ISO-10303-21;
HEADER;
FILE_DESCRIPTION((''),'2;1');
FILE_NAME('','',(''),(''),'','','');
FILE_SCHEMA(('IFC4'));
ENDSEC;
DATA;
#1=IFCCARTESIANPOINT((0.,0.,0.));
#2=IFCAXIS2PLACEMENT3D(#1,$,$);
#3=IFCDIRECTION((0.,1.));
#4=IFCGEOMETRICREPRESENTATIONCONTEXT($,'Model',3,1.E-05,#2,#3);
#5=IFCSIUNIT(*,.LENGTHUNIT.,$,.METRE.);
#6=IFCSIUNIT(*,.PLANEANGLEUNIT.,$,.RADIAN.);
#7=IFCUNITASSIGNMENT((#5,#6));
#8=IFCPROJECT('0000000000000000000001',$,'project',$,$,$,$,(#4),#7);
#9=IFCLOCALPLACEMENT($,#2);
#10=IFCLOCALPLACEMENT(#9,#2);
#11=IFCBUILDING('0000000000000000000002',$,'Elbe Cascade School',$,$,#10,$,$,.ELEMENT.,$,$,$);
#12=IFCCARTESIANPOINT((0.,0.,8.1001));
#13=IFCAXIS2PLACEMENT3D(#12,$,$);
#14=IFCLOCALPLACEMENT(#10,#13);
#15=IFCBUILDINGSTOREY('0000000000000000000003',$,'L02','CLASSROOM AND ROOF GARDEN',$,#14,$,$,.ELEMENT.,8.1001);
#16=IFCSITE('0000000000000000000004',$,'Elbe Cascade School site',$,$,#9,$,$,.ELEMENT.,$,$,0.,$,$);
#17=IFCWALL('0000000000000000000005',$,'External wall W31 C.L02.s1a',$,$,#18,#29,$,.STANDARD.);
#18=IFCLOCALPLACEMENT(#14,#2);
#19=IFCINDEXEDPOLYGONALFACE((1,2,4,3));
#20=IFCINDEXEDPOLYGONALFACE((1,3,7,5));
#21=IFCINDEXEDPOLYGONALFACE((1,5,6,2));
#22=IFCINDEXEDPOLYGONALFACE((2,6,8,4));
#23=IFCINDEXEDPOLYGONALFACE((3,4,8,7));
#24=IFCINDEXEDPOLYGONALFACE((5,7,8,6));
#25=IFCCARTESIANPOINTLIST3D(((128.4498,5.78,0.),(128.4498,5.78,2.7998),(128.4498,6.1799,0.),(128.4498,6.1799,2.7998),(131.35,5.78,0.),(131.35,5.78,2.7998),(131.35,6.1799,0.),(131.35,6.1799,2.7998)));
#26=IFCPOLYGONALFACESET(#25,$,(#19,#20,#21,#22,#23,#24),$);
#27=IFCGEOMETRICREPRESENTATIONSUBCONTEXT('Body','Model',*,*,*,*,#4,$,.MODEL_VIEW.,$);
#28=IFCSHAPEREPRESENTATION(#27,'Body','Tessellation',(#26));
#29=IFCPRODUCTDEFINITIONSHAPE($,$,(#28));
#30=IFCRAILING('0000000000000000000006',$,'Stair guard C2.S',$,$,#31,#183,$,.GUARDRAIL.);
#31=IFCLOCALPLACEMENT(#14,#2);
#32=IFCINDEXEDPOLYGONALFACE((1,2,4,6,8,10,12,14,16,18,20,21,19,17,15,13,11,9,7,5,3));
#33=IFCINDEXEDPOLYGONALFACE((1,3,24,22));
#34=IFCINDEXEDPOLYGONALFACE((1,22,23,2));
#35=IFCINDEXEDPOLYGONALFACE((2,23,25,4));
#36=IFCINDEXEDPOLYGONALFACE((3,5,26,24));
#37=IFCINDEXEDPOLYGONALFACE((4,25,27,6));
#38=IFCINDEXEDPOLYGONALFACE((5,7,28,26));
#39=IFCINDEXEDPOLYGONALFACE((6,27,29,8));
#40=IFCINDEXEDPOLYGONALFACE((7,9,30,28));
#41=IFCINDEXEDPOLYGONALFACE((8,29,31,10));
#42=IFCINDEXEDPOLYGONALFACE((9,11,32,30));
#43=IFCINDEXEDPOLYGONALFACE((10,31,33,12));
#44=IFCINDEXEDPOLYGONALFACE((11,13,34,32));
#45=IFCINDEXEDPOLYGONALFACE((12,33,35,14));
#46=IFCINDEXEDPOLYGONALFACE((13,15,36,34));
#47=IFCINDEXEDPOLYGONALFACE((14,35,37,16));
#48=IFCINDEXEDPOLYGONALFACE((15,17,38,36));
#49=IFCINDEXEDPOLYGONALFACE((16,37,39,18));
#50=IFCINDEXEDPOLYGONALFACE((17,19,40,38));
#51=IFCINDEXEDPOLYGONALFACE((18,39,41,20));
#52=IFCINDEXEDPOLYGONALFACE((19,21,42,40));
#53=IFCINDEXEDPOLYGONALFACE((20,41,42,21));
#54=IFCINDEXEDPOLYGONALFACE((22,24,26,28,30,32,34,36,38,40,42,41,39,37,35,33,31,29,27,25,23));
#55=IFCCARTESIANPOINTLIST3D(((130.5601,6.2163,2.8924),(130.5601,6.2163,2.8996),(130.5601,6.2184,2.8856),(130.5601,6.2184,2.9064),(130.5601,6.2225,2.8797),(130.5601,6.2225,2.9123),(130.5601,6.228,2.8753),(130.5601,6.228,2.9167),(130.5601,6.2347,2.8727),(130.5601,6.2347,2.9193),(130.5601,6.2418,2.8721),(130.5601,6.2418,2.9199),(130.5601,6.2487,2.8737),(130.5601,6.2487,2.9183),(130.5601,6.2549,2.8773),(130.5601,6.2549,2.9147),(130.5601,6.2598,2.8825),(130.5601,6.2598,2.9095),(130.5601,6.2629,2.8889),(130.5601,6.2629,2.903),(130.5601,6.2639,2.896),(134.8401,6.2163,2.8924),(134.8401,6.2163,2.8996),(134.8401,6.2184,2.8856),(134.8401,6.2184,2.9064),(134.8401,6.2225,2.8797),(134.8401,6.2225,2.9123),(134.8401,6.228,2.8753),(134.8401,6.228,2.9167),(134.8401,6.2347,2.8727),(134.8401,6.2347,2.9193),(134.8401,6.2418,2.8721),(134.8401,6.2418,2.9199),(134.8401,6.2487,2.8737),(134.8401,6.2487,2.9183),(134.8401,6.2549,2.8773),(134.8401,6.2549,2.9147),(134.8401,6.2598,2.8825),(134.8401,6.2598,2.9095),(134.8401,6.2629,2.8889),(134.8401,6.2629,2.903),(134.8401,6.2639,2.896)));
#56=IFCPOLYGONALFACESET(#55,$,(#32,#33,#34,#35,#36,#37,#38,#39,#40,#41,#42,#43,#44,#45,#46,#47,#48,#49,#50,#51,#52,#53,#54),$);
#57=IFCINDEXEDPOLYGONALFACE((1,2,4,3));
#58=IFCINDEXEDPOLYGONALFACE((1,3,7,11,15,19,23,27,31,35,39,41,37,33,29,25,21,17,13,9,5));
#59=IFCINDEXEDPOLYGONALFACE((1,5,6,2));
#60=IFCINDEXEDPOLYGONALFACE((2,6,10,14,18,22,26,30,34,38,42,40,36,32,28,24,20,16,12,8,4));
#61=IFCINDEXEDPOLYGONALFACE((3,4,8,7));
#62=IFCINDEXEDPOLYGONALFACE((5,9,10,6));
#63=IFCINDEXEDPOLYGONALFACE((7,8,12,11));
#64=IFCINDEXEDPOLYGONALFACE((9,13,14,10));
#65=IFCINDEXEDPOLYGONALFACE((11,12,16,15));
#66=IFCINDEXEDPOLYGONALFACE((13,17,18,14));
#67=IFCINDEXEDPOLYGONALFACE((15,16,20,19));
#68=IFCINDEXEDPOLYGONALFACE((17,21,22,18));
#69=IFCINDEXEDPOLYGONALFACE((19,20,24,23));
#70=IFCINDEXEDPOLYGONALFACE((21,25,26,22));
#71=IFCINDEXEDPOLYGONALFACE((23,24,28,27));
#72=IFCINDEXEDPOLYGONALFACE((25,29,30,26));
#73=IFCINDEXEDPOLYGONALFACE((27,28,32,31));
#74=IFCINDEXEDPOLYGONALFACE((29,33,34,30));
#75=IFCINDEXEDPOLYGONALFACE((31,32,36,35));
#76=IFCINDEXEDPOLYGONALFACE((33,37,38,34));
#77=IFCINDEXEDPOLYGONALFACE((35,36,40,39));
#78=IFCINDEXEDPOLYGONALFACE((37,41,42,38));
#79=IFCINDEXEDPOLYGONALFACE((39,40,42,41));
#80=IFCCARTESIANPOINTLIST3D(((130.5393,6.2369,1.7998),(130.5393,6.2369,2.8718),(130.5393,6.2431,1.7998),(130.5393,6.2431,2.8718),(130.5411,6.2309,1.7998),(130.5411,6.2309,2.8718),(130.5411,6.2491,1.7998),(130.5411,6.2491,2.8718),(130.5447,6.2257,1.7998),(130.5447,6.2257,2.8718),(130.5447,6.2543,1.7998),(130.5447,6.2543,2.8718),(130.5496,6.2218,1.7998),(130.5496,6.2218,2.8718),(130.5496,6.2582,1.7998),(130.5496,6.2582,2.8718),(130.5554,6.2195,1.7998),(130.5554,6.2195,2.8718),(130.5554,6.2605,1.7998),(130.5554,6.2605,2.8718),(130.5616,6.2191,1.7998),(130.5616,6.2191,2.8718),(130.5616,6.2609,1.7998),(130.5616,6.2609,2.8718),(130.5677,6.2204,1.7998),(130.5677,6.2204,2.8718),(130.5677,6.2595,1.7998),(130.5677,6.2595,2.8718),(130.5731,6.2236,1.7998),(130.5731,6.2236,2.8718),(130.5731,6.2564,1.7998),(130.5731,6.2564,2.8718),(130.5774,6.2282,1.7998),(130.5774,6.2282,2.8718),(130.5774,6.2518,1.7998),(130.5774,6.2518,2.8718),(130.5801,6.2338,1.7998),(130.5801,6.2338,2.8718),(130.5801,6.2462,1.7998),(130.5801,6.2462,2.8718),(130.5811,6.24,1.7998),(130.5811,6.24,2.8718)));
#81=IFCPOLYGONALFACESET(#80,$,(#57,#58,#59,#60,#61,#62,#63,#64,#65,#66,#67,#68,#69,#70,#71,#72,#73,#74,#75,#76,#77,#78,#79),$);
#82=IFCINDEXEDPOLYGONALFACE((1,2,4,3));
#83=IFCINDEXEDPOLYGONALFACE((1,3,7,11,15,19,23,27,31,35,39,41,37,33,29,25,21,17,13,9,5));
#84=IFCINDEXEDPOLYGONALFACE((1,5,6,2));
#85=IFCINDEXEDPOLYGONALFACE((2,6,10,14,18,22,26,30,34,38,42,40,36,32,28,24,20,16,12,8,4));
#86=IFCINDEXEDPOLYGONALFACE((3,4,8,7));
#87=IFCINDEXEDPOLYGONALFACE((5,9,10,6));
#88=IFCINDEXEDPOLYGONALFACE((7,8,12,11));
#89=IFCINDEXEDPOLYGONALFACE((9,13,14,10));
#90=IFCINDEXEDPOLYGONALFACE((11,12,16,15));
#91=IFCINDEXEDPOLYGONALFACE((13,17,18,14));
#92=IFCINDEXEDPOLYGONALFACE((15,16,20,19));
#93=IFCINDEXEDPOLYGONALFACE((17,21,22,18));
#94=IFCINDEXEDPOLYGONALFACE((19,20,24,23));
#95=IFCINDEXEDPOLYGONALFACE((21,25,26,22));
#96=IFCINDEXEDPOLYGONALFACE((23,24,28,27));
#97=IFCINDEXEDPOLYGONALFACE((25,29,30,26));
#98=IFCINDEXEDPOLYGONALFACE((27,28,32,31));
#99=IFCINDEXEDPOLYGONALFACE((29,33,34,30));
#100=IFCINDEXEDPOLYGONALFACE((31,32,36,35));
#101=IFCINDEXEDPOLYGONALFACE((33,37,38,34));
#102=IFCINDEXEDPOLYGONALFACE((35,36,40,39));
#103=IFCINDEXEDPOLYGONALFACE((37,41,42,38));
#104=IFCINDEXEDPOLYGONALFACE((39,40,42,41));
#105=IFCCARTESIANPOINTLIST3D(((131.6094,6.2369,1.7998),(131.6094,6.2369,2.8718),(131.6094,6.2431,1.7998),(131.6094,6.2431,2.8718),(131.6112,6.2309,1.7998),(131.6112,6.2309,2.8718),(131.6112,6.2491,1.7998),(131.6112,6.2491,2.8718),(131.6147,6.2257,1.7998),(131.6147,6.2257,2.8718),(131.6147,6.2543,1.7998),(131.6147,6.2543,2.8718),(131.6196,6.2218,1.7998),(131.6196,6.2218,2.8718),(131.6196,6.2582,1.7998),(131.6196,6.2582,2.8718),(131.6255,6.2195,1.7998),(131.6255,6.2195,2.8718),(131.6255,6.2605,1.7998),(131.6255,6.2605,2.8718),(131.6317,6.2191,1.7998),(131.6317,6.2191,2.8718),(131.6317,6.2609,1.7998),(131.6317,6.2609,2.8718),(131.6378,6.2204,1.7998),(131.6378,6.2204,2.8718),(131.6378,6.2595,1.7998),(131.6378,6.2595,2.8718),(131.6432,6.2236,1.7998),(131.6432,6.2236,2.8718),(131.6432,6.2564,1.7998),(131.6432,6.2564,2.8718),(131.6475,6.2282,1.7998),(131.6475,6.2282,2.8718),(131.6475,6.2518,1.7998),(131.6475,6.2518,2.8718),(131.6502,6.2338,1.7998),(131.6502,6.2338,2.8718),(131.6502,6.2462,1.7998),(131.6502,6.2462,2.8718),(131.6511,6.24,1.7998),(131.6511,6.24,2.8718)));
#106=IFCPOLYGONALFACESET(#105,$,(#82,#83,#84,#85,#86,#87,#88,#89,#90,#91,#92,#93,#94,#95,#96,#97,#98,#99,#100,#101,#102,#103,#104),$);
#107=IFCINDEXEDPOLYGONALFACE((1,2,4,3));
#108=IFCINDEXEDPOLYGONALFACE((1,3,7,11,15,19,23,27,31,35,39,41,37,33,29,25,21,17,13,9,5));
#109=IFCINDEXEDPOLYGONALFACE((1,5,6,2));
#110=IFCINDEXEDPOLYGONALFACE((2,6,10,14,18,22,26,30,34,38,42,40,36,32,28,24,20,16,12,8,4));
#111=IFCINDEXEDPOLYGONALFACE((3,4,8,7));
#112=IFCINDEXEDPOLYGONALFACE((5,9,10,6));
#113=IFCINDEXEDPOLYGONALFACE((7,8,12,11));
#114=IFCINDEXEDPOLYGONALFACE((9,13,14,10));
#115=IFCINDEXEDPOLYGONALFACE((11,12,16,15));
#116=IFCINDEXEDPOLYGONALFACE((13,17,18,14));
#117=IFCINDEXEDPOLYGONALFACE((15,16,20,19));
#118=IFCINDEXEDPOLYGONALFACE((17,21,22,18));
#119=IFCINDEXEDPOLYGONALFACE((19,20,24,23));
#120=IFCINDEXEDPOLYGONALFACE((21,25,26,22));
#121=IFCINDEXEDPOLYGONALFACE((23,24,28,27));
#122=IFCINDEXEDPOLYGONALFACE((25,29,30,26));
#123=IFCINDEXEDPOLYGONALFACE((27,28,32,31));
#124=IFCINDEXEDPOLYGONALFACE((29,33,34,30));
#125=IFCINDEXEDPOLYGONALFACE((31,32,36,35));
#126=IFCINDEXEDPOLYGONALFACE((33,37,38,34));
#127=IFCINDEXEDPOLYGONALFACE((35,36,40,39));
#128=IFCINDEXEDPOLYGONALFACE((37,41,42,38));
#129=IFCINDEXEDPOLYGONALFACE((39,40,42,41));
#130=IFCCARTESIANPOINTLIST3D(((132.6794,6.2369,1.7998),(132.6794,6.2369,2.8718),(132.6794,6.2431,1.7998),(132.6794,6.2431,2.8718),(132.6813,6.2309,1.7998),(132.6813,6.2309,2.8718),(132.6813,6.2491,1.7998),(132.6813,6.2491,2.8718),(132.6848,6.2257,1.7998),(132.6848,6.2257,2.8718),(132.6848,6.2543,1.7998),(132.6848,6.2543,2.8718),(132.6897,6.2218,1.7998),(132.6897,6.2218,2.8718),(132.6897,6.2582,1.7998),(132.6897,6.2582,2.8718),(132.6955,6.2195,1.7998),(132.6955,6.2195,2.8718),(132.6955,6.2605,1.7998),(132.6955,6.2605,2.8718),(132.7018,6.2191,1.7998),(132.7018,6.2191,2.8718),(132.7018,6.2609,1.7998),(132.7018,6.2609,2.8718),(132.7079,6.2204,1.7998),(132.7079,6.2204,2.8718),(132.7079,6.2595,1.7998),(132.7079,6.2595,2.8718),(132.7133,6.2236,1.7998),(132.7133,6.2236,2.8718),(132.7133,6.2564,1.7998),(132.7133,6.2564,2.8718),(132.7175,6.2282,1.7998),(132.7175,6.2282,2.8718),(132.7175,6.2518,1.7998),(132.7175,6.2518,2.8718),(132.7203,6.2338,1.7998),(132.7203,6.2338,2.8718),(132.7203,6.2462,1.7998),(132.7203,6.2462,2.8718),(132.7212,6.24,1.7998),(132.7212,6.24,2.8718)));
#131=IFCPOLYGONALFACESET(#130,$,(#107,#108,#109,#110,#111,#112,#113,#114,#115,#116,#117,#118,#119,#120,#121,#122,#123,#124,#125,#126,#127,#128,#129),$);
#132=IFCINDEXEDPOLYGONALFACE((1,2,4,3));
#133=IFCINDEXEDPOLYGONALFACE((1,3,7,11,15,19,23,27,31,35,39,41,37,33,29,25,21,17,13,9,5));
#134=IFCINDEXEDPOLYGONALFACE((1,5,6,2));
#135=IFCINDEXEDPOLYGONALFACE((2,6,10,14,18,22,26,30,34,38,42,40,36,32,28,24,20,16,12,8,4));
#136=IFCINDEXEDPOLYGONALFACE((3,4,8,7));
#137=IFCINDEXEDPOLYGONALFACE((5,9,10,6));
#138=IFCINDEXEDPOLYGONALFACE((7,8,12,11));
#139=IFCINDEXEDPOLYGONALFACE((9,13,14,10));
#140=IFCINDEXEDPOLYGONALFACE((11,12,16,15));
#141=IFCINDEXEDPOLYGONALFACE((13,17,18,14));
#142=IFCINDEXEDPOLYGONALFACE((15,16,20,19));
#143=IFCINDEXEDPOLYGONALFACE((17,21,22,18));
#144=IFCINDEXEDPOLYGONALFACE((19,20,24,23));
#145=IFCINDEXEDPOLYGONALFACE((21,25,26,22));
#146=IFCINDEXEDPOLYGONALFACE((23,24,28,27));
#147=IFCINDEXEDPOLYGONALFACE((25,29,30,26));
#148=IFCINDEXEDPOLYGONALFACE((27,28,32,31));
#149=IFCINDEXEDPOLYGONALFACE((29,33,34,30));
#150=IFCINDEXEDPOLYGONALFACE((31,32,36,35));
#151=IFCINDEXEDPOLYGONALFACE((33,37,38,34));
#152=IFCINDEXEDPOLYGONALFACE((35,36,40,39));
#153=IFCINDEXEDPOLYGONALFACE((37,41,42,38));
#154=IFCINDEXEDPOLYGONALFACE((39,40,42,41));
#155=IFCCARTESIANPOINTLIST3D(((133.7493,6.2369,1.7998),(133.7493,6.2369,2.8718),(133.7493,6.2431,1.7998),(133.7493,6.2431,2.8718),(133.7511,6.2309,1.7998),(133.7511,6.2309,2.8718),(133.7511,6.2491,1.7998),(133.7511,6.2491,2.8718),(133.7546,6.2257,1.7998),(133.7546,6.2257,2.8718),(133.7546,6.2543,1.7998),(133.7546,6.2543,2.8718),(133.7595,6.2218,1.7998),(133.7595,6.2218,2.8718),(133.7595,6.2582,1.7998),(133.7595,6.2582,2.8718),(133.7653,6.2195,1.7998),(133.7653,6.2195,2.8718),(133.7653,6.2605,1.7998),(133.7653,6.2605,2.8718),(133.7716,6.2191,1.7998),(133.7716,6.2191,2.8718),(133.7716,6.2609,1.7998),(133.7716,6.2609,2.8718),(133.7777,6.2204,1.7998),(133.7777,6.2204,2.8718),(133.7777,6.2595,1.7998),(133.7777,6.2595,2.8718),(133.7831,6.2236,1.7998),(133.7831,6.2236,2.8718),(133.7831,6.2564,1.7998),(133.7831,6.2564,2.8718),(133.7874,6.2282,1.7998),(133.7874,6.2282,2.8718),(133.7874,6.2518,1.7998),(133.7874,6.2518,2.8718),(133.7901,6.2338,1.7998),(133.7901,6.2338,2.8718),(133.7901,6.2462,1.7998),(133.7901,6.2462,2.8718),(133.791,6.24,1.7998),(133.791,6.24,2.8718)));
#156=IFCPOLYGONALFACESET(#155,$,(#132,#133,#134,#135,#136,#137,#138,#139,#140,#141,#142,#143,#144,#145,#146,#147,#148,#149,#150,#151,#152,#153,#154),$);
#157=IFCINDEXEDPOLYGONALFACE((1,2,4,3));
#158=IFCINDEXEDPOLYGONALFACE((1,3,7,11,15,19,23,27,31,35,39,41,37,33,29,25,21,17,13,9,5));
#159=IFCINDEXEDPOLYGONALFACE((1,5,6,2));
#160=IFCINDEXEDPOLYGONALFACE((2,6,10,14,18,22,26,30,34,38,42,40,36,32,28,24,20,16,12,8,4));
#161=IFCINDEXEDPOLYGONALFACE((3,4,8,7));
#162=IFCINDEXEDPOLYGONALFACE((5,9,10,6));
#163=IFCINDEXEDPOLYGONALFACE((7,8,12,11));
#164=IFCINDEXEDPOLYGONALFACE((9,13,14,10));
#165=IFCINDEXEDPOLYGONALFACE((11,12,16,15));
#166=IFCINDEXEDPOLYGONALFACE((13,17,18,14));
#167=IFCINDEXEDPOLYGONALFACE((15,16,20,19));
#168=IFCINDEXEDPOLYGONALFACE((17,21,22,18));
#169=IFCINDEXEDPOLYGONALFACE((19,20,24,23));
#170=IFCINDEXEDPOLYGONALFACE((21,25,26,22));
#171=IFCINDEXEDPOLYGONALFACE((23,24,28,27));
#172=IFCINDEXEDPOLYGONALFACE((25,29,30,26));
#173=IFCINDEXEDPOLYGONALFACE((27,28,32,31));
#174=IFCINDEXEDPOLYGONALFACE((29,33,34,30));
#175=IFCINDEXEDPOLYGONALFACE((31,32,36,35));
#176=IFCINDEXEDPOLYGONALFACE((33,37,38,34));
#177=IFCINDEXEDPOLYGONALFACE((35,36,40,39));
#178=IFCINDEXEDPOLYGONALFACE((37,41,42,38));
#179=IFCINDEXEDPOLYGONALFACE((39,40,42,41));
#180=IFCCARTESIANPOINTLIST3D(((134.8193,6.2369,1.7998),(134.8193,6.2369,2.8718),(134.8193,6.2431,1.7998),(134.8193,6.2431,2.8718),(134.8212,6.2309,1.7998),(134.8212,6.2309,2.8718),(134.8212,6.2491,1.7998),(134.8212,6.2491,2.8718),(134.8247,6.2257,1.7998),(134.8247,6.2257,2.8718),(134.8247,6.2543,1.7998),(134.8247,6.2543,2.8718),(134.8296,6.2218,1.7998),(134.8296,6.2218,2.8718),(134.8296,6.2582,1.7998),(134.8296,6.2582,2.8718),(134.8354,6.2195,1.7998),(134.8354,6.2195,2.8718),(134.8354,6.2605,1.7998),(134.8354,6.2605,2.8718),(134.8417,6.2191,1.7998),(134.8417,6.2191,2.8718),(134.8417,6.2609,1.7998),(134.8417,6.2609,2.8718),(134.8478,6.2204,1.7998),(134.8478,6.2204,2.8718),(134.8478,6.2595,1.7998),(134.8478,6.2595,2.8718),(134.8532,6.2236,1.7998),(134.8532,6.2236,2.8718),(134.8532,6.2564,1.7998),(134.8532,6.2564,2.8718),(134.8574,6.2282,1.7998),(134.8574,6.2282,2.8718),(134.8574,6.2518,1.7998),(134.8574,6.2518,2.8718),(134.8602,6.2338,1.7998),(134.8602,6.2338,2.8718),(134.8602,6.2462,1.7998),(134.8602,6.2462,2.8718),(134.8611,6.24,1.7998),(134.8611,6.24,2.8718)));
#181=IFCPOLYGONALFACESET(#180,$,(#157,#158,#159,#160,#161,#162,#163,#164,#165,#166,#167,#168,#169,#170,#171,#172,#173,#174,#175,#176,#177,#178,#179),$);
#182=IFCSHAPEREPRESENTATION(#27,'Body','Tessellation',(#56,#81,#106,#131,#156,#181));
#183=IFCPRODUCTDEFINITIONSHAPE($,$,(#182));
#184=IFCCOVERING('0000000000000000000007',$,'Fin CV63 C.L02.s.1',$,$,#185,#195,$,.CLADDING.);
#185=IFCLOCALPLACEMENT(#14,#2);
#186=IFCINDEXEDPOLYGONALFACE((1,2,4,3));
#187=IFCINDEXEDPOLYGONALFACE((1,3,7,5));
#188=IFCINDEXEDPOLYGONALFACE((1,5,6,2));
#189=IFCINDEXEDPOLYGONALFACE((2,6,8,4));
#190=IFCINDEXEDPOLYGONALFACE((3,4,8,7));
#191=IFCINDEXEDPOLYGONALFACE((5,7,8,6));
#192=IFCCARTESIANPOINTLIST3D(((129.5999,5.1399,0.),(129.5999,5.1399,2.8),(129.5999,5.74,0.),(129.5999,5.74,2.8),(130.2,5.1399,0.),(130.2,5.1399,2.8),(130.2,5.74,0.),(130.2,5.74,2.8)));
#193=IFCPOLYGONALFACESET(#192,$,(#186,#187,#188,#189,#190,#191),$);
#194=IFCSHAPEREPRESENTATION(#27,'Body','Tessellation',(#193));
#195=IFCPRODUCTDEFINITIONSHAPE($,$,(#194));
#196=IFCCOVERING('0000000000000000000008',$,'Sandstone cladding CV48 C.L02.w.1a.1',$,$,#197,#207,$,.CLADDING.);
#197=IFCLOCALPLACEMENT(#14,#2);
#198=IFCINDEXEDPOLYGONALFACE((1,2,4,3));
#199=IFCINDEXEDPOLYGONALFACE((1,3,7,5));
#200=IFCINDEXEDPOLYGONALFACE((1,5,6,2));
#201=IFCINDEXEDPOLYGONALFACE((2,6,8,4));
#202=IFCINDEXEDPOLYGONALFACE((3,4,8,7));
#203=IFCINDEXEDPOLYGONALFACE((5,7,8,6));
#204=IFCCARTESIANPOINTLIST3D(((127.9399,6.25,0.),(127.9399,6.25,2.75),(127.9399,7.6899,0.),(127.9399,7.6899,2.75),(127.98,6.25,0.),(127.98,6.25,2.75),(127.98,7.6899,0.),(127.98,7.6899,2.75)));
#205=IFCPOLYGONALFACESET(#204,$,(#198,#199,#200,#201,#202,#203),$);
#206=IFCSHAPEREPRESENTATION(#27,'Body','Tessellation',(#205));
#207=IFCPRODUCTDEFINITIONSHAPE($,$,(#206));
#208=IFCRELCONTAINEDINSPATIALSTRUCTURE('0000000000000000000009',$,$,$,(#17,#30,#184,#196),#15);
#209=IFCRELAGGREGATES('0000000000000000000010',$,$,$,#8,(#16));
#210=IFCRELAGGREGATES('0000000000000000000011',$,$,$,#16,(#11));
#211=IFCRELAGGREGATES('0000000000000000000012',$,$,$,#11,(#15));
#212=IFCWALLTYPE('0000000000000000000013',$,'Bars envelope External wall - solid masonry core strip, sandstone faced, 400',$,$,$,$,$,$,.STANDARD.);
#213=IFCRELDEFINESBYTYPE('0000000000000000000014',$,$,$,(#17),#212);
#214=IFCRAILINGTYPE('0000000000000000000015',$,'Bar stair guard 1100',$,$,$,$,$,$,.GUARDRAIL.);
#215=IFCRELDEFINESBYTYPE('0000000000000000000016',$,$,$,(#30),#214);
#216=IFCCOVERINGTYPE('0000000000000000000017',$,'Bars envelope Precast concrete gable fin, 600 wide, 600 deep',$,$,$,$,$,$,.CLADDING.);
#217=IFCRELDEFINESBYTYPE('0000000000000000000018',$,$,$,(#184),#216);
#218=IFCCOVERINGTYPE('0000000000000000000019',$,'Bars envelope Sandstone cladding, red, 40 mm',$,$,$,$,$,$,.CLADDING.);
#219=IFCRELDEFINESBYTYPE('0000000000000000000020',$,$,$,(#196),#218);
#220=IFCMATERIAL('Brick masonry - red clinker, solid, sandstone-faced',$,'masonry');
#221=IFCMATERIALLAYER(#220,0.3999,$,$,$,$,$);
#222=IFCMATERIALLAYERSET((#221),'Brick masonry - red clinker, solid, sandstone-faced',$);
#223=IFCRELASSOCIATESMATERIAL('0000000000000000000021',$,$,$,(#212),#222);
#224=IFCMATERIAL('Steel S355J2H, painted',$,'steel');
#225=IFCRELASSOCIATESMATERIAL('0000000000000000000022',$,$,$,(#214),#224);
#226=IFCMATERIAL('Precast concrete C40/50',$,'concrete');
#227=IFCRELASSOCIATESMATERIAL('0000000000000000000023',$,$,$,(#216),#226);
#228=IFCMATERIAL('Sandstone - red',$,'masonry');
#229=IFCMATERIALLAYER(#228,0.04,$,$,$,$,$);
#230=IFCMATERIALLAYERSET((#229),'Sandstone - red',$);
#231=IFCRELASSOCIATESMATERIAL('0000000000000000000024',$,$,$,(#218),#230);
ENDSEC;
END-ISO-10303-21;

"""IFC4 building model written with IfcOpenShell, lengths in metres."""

from ifc_helpers import new_model, si_unit, direction, frame, frame_2d, origin, origin_2d, place, context, subcontext, project, spatial, rectangle, circle, extrude, material, layer, layer_set, type_object, element, save


model = new_model("IFC4")

# Units and contexts
model_context = context("Model", 3, precision=1e-05, world=origin(), true_north=direction((0.0, 1.0)))
body_context = subcontext(model_context, "Body", "Model", "MODEL_VIEW")
ifc_project = project(units=[si_unit("LENGTHUNIT", "METRE"), si_unit("PLANEANGLEUNIT", "RADIAN")], contexts=[model_context])

# Site, building, storey
site_placement = place(None, origin())
site = spatial("IfcSite", under=ifc_project, at=site_placement, Name="Elbe Cascade School site", CompositionType="ELEMENT", RefElevation=0.0)
building_placement = place(site_placement, origin())
building = spatial("IfcBuilding", under=site, at=building_placement, Name="Elbe Cascade School", CompositionType="ELEMENT")
storey_placement = place(building_placement, frame((0.0, 0.0, 8.1001)))
storey = spatial("IfcBuildingStorey", under=building, at=storey_placement, Name="L02", Description="CLASSROOM AND ROOF GARDEN", CompositionType="ELEMENT", Elevation=8.1001)

# Wall
ifc_material_1 = material(Name="Brick masonry - red clinker, solid, sandstone-faced", Category="masonry")
ifc_layer_1 = layer(ifc_material_1, 0.3999)
ifc_layer_set_1 = layer_set([ifc_layer_1], Name="Brick masonry - red clinker, solid, sandstone-faced")
wall_type_1 = type_object("IfcWallType", Name="Bars envelope External wall - solid masonry core strip, sandstone faced, 400", PredefinedType="STANDARD", material=ifc_layer_set_1)
wall_1_placement = place(storey_placement, frame((131.3501, 5.98, 0.0), z_axis=(0.0, 0.0, 1.0), x_axis=(-1.0, 0.0, 0.0)))
element("IfcWall", 1, at=wall_1_placement, inside=storey, type_object=wall_type_1, Name="External wall W31 C.L02.s1a", PredefinedType="STANDARD", context=body_context, shape_type="SweptSolid", body=[
    extrude(rectangle(XDim=2.9001, YDim=0.3999, at=frame_2d((1.4502, 0.0))), origin(), (0.0, 0.0, 1.0), 2.7998),
])

# Railing
ifc_material_2 = material(Name="Steel S355J2H, painted", Category="steel")
railing_type = type_object("IfcRailingType", Name="Bar stair guard 1100", PredefinedType="GUARDRAIL", material=ifc_material_2)
railing_placement = place(storey_placement, frame((130.5601, 6.24, 1.7998)))
element("IfcRailing", 2, at=railing_placement, inside=storey, type_object=railing_type, Name="Stair guard C2.S", PredefinedType="GUARDRAIL", context=body_context, shape_type="SweptSolid", body=[
    extrude(circle(Radius=0.0239, at=origin_2d()), frame((0.0, 0.0, 1.0962), z_axis=(1.0, 0.0, 0.0), x_axis=(0.0, 1.0, 0.0)), (0.0, 0.0, 1.0), 4.28),
    extrude(circle(Radius=0.021, at=origin_2d()), origin(), (0.0, 0.0, 1.0), 1.072),
    extrude(circle(Radius=0.021, at=origin_2d()), frame((1.0701, 0.0, 0.0)), (0.0, 0.0, 1.0), 1.072),
    extrude(circle(Radius=0.021, at=origin_2d()), frame((2.1401, 0.0, 0.0)), (0.0, 0.0, 1.0), 1.072),
    extrude(circle(Radius=0.021, at=origin_2d()), frame((3.21, 0.0, 0.0)), (0.0, 0.0, 1.0), 1.072),
    extrude(circle(Radius=0.021, at=origin_2d()), frame((4.28, 0.0, 0.0)), (0.0, 0.0, 1.0), 1.072),
])

# Coverings
ifc_material_3 = material(Name="Precast concrete C40/50", Category="concrete")
covering_type_1 = type_object("IfcCoveringType", Name="Bars envelope Precast concrete gable fin, 600 wide, 600 deep", PredefinedType="CLADDING", material=ifc_material_3)
covering_1_placement = place(storey_placement, frame((129.8999, 5.4399, 0.0), z_axis=(0.0, 0.0, 1.0), x_axis=(1.0, 0.0, 0.0)))
element("IfcCovering", 3, at=covering_1_placement, inside=storey, type_object=covering_type_1, Name="Fin CV63 C.L02.s.1", PredefinedType="CLADDING", context=body_context, shape_type="SweptSolid", body=[
    extrude(rectangle(XDim=0.6001, YDim=0.6001, at=origin_2d()), origin(), (0.0, 0.0, 1.0), 2.8),
])
ifc_material_4 = material(Name="Sandstone - red", Category="masonry")
ifc_layer_2 = layer(ifc_material_4, 0.04)
ifc_layer_set_2 = layer_set([ifc_layer_2], Name="Sandstone - red")
covering_type_2 = type_object("IfcCoveringType", Name="Bars envelope Sandstone cladding, red, 40 mm", PredefinedType="CLADDING", material=ifc_layer_set_2)
covering_2_placement = place(storey_placement, frame((127.96, 6.97, 0.0), z_axis=(0.0, 0.0, 1.0), x_axis=(0.0, 1.0, 0.0)))
element("IfcCovering", 4, at=covering_2_placement, inside=storey, type_object=covering_type_2, Name="Sandstone cladding CV48 C.L02.w.1a.1", PredefinedType="CLADDING", context=body_context, shape_type="SweptSolid", body=[
    extrude(rectangle(XDim=1.4399, YDim=0.04, at=origin_2d()), origin(), (0.0, 0.0, 1.0), 2.75),
])

save(model, "model.ifc")
